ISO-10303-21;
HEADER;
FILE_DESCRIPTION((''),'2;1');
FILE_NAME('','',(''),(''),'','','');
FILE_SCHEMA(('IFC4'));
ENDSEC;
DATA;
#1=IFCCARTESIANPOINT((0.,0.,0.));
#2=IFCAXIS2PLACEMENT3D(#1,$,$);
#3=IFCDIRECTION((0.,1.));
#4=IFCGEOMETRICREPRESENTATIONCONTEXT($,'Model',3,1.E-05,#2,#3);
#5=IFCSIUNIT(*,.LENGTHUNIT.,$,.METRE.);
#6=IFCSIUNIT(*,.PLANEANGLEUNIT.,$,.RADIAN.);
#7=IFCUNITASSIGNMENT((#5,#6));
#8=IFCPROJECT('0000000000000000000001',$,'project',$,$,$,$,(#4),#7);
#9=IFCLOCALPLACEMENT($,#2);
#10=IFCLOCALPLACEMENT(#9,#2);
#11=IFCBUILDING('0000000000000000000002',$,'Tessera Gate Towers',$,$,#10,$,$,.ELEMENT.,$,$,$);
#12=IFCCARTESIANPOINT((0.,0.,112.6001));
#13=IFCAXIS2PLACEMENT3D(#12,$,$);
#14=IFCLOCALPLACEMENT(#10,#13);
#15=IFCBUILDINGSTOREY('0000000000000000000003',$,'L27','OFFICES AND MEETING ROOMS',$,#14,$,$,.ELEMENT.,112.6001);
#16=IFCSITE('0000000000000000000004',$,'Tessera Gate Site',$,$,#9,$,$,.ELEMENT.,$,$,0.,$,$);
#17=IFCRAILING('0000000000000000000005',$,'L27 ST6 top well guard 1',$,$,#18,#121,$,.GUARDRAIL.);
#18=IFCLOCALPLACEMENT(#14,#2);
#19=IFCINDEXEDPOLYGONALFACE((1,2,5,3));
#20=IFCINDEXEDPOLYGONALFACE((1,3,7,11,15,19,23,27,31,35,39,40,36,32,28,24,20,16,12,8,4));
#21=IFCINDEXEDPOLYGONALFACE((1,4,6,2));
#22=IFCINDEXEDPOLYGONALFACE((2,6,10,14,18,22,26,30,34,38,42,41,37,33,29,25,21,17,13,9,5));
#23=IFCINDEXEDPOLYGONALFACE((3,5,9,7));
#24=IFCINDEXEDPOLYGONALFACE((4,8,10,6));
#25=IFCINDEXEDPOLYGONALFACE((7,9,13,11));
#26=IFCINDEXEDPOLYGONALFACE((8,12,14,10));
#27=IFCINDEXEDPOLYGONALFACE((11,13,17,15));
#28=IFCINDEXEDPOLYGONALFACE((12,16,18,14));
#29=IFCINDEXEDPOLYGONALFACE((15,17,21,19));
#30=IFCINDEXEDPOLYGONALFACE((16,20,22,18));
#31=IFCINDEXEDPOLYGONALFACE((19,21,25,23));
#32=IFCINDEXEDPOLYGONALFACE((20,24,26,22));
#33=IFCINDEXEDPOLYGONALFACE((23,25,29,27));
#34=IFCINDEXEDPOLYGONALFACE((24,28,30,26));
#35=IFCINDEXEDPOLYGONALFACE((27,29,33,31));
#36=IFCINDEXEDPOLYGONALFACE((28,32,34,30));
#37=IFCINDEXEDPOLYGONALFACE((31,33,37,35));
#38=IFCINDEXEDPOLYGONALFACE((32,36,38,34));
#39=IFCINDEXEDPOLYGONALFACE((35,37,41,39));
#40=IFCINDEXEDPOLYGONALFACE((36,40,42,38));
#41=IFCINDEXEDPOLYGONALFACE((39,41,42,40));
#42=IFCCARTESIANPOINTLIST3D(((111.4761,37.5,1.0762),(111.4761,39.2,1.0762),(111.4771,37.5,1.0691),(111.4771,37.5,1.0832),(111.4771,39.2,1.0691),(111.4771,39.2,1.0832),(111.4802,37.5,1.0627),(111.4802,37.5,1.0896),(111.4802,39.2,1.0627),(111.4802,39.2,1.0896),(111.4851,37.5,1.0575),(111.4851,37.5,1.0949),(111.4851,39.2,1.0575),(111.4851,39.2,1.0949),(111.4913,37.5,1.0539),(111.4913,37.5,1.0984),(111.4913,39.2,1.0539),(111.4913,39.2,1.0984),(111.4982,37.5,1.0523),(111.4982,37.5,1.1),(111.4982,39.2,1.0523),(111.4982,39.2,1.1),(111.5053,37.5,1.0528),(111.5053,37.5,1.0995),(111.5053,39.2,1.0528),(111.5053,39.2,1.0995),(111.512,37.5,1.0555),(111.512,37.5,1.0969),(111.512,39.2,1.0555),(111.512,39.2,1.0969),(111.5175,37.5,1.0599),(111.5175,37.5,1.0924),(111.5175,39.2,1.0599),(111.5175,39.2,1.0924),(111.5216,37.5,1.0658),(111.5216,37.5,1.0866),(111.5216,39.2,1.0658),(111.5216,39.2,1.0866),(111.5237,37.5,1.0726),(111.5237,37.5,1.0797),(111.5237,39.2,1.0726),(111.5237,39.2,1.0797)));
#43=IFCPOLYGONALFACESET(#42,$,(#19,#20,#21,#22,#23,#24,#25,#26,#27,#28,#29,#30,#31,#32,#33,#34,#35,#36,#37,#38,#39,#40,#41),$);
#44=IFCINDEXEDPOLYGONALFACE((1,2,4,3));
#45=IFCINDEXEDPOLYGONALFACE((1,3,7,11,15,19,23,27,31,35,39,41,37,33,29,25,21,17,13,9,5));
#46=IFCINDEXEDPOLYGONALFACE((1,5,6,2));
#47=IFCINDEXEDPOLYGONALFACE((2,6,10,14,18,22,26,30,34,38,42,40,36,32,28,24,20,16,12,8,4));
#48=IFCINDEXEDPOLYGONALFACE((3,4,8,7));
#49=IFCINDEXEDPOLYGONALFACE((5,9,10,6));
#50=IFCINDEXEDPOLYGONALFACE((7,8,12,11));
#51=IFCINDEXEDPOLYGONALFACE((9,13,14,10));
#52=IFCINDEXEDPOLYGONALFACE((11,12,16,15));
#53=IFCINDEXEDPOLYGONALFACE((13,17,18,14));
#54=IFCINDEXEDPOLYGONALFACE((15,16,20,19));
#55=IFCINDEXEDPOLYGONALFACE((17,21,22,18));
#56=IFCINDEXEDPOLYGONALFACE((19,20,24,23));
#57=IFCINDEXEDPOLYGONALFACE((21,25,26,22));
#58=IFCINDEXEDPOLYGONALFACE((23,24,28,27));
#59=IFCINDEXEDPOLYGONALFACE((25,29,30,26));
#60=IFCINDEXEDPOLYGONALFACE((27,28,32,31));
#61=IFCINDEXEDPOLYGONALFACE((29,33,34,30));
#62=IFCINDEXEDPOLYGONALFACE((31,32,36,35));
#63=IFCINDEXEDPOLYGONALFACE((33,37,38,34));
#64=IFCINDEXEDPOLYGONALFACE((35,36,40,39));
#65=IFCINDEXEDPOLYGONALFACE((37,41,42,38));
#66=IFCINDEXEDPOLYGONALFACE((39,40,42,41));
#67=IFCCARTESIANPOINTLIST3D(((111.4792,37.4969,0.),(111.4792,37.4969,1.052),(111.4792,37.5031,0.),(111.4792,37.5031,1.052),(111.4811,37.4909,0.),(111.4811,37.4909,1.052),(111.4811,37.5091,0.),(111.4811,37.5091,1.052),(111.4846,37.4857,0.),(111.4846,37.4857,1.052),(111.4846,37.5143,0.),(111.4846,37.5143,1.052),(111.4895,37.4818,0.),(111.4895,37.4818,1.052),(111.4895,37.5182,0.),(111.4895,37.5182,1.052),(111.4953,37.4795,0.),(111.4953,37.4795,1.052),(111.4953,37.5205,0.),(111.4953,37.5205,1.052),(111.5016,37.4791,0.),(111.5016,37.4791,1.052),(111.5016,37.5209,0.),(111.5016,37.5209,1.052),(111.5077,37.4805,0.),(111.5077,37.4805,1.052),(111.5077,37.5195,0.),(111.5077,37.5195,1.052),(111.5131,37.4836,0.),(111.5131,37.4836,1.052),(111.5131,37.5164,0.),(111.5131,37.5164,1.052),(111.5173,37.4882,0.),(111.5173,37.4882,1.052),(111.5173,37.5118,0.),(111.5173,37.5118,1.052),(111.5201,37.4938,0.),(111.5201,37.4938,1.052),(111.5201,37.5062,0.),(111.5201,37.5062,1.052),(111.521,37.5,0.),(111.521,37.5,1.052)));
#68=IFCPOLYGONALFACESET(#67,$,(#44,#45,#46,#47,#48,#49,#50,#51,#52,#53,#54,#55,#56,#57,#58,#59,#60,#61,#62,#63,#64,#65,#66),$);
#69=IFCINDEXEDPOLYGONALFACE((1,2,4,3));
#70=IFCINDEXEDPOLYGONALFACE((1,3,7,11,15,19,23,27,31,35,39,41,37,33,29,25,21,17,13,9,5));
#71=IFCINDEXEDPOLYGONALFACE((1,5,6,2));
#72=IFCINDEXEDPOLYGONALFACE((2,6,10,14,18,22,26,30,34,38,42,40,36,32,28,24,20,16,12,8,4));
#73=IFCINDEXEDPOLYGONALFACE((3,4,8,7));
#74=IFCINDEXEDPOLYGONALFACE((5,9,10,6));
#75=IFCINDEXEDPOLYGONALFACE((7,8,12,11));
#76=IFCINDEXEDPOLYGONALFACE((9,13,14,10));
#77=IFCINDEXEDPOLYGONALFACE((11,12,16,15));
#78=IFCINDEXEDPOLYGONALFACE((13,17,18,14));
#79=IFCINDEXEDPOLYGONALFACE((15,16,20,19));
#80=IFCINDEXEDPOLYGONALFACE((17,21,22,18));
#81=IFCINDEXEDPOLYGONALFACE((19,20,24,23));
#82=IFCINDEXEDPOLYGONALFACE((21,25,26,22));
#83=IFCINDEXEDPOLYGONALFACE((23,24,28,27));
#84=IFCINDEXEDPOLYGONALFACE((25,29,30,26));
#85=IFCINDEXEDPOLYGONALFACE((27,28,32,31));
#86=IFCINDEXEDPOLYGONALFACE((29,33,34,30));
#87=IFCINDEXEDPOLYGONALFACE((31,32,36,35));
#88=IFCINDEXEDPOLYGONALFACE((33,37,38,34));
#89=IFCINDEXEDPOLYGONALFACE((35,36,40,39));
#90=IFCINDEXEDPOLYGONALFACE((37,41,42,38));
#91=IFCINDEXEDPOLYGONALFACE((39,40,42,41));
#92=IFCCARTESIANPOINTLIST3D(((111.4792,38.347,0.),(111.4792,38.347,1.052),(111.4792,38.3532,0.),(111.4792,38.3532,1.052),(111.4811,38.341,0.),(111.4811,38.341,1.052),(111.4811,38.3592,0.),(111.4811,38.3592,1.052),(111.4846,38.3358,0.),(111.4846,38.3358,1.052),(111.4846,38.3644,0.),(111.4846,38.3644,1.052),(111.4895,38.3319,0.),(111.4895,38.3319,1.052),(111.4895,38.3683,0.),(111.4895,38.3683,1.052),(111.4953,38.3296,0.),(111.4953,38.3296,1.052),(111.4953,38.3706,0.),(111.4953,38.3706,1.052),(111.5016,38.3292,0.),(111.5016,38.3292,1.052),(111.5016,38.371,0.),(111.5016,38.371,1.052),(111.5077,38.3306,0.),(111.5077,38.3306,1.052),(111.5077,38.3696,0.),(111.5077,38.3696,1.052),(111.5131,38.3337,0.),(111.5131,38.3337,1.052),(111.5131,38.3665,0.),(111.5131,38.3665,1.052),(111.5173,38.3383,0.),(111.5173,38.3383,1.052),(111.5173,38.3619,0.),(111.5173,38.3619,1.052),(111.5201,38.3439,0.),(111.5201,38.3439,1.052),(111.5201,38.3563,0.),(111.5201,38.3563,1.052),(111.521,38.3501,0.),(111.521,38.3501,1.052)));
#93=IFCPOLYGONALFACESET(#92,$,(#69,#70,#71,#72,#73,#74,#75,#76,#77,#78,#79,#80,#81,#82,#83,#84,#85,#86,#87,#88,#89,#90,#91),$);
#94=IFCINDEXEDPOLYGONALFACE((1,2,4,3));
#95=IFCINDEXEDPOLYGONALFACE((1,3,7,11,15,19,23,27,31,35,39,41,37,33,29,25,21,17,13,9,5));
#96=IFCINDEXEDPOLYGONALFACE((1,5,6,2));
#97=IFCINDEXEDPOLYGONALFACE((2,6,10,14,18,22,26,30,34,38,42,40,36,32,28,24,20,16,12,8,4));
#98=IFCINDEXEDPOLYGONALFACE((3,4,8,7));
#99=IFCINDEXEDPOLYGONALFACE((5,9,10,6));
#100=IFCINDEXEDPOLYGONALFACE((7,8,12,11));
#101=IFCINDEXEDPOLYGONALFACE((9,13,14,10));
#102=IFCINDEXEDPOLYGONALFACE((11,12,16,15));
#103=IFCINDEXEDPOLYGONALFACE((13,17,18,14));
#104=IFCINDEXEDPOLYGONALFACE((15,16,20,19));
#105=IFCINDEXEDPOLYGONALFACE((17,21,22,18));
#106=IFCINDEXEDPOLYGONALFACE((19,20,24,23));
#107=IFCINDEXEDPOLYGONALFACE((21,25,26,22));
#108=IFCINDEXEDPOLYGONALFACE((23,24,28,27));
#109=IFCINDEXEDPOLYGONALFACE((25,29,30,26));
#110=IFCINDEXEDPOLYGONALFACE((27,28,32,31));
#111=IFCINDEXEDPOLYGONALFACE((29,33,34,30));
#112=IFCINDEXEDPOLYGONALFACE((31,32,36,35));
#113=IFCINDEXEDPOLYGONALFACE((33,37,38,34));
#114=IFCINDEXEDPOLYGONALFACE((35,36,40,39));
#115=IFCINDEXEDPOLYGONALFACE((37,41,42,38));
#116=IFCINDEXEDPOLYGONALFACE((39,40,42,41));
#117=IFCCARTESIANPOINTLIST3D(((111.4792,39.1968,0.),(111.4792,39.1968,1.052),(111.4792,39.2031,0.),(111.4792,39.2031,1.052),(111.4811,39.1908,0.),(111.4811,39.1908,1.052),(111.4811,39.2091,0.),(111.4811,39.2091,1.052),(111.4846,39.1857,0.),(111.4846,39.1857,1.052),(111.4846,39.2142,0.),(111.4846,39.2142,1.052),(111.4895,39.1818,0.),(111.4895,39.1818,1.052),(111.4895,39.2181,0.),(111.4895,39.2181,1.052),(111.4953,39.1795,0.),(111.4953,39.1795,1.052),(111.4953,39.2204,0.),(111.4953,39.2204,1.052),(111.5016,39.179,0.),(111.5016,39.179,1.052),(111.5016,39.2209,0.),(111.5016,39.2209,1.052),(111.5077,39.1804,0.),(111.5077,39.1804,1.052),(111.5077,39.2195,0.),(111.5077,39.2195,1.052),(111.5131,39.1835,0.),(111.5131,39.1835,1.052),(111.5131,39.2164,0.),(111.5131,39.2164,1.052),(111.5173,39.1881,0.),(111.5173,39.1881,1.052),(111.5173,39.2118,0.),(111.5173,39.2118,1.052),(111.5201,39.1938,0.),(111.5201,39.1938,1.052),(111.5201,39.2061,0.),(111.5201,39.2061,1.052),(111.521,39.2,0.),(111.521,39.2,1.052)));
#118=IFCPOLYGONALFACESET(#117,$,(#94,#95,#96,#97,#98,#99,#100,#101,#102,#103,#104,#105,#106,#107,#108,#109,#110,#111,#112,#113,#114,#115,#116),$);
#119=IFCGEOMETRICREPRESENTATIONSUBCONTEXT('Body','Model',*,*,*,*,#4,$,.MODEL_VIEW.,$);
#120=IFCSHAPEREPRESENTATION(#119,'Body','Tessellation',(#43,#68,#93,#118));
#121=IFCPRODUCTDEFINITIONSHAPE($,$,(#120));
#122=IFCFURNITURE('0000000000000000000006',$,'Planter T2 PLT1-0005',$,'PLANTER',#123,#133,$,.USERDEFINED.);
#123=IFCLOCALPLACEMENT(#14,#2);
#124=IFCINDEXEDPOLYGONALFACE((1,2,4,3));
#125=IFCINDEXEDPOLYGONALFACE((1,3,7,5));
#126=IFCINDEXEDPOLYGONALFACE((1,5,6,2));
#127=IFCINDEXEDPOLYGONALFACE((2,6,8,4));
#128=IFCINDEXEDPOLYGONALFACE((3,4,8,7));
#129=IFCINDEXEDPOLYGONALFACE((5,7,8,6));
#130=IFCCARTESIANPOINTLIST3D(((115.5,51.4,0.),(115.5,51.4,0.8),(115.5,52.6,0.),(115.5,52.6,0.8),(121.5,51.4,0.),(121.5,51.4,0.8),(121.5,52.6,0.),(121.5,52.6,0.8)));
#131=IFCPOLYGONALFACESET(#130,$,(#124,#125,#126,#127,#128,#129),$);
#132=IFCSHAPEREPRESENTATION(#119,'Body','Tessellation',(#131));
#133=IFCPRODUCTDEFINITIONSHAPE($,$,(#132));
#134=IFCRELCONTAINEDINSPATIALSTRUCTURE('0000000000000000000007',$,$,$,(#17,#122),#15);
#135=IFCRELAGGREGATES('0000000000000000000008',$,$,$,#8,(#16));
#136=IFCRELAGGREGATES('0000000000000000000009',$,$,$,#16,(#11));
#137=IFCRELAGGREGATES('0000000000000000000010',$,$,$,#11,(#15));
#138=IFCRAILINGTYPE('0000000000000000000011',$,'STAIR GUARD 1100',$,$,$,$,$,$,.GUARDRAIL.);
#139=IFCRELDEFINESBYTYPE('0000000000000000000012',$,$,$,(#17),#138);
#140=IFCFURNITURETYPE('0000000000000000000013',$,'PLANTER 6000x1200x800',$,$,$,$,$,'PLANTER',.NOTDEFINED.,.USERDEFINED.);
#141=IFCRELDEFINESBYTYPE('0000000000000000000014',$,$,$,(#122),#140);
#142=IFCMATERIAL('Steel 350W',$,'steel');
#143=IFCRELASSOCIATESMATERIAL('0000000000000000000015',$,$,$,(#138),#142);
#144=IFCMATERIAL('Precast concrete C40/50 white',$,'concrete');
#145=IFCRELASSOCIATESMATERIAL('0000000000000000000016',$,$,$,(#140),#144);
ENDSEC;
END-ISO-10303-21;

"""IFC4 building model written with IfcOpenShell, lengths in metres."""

from ifc_helpers import new_model, si_unit, direction, frame, origin, origin_2d, place, context, subcontext, project, spatial, rectangle, circle, extrude, material, type_object, element, save


model = new_model("IFC4")

# Units and contexts
model_context = context("Model", 3, precision=1e-05, world=origin(), true_north=direction((0.0, 1.0)))
body_context = subcontext(model_context, "Body", "Model", "MODEL_VIEW")
ifc_project = project(units=[si_unit("LENGTHUNIT", "METRE"), si_unit("PLANEANGLEUNIT", "RADIAN")], contexts=[model_context])

# Site, building, storey
site_placement = place(None, origin())
site = spatial("IfcSite", under=ifc_project, at=site_placement, Name="Tessera Gate Site", CompositionType="ELEMENT", RefElevation=0.0)
building_placement = place(site_placement, origin())
building = spatial("IfcBuilding", under=site, at=building_placement, Name="Tessera Gate Towers", CompositionType="ELEMENT")
storey_placement = place(building_placement, frame((0.0, 0.0, 112.6001)))
storey = spatial("IfcBuildingStorey", under=building, at=storey_placement, Name="L27", Description="OFFICES AND MEETING ROOMS", CompositionType="ELEMENT", Elevation=112.6001)

# Railing
ifc_material_1 = material(Name="Steel 350W", Category="steel")
railing_type = type_object("IfcRailingType", Name="STAIR GUARD 1100", PredefinedType="GUARDRAIL", material=ifc_material_1)
railing_placement = place(storey_placement, frame((111.5, 37.5, 0.0)))
element("IfcRailing", 1, at=railing_placement, inside=storey, type_object=railing_type, Name="L27 ST6 top well guard 1", PredefinedType="GUARDRAIL", context=body_context, shape_type="SweptSolid", body=[
    extrude(circle(Radius=0.0239, at=origin_2d()), frame((0.0, 0.0, 1.0762), z_axis=(0.0, 1.0, 0.0), x_axis=(-1.0, 0.0, 0.0)), (0.0, 0.0, 1.0), 1.7),
    extrude(circle(Radius=0.021, at=origin_2d()), origin(), (0.0, 0.0, 1.0), 1.052),
    extrude(circle(Radius=0.021, at=origin_2d()), frame((0.0, 0.8501, 0.0)), (0.0, 0.0, 1.0), 1.052),
    extrude(circle(Radius=0.021, at=origin_2d()), frame((0.0, 1.7, 0.0)), (0.0, 0.0, 1.0), 1.052),
])

# Furniture
ifc_material_2 = material(Name="Precast concrete C40/50 white", Category="concrete")
furniture_type = type_object("IfcFurnitureType", Name="PLANTER 6000x1200x800", ElementType="PLANTER", AssemblyPlace="NOTDEFINED", PredefinedType="USERDEFINED", material=ifc_material_2)
furniture_placement = place(storey_placement, frame((118.5, 52.0, 0.0), z_axis=(0.0, 0.0, 1.0), x_axis=(1.0, 0.0, 0.0)))
element("IfcFurniture", 2, at=furniture_placement, inside=storey, type_object=furniture_type, Name="Planter T2 PLT1-0005", ObjectType="PLANTER", PredefinedType="USERDEFINED", context=body_context, shape_type="SweptSolid", body=[
    extrude(rectangle(XDim=6.0, YDim=1.2, at=origin_2d()), origin(), (0.0, 0.0, 1.0), 0.8),
])

save(model, "model.ifc")
